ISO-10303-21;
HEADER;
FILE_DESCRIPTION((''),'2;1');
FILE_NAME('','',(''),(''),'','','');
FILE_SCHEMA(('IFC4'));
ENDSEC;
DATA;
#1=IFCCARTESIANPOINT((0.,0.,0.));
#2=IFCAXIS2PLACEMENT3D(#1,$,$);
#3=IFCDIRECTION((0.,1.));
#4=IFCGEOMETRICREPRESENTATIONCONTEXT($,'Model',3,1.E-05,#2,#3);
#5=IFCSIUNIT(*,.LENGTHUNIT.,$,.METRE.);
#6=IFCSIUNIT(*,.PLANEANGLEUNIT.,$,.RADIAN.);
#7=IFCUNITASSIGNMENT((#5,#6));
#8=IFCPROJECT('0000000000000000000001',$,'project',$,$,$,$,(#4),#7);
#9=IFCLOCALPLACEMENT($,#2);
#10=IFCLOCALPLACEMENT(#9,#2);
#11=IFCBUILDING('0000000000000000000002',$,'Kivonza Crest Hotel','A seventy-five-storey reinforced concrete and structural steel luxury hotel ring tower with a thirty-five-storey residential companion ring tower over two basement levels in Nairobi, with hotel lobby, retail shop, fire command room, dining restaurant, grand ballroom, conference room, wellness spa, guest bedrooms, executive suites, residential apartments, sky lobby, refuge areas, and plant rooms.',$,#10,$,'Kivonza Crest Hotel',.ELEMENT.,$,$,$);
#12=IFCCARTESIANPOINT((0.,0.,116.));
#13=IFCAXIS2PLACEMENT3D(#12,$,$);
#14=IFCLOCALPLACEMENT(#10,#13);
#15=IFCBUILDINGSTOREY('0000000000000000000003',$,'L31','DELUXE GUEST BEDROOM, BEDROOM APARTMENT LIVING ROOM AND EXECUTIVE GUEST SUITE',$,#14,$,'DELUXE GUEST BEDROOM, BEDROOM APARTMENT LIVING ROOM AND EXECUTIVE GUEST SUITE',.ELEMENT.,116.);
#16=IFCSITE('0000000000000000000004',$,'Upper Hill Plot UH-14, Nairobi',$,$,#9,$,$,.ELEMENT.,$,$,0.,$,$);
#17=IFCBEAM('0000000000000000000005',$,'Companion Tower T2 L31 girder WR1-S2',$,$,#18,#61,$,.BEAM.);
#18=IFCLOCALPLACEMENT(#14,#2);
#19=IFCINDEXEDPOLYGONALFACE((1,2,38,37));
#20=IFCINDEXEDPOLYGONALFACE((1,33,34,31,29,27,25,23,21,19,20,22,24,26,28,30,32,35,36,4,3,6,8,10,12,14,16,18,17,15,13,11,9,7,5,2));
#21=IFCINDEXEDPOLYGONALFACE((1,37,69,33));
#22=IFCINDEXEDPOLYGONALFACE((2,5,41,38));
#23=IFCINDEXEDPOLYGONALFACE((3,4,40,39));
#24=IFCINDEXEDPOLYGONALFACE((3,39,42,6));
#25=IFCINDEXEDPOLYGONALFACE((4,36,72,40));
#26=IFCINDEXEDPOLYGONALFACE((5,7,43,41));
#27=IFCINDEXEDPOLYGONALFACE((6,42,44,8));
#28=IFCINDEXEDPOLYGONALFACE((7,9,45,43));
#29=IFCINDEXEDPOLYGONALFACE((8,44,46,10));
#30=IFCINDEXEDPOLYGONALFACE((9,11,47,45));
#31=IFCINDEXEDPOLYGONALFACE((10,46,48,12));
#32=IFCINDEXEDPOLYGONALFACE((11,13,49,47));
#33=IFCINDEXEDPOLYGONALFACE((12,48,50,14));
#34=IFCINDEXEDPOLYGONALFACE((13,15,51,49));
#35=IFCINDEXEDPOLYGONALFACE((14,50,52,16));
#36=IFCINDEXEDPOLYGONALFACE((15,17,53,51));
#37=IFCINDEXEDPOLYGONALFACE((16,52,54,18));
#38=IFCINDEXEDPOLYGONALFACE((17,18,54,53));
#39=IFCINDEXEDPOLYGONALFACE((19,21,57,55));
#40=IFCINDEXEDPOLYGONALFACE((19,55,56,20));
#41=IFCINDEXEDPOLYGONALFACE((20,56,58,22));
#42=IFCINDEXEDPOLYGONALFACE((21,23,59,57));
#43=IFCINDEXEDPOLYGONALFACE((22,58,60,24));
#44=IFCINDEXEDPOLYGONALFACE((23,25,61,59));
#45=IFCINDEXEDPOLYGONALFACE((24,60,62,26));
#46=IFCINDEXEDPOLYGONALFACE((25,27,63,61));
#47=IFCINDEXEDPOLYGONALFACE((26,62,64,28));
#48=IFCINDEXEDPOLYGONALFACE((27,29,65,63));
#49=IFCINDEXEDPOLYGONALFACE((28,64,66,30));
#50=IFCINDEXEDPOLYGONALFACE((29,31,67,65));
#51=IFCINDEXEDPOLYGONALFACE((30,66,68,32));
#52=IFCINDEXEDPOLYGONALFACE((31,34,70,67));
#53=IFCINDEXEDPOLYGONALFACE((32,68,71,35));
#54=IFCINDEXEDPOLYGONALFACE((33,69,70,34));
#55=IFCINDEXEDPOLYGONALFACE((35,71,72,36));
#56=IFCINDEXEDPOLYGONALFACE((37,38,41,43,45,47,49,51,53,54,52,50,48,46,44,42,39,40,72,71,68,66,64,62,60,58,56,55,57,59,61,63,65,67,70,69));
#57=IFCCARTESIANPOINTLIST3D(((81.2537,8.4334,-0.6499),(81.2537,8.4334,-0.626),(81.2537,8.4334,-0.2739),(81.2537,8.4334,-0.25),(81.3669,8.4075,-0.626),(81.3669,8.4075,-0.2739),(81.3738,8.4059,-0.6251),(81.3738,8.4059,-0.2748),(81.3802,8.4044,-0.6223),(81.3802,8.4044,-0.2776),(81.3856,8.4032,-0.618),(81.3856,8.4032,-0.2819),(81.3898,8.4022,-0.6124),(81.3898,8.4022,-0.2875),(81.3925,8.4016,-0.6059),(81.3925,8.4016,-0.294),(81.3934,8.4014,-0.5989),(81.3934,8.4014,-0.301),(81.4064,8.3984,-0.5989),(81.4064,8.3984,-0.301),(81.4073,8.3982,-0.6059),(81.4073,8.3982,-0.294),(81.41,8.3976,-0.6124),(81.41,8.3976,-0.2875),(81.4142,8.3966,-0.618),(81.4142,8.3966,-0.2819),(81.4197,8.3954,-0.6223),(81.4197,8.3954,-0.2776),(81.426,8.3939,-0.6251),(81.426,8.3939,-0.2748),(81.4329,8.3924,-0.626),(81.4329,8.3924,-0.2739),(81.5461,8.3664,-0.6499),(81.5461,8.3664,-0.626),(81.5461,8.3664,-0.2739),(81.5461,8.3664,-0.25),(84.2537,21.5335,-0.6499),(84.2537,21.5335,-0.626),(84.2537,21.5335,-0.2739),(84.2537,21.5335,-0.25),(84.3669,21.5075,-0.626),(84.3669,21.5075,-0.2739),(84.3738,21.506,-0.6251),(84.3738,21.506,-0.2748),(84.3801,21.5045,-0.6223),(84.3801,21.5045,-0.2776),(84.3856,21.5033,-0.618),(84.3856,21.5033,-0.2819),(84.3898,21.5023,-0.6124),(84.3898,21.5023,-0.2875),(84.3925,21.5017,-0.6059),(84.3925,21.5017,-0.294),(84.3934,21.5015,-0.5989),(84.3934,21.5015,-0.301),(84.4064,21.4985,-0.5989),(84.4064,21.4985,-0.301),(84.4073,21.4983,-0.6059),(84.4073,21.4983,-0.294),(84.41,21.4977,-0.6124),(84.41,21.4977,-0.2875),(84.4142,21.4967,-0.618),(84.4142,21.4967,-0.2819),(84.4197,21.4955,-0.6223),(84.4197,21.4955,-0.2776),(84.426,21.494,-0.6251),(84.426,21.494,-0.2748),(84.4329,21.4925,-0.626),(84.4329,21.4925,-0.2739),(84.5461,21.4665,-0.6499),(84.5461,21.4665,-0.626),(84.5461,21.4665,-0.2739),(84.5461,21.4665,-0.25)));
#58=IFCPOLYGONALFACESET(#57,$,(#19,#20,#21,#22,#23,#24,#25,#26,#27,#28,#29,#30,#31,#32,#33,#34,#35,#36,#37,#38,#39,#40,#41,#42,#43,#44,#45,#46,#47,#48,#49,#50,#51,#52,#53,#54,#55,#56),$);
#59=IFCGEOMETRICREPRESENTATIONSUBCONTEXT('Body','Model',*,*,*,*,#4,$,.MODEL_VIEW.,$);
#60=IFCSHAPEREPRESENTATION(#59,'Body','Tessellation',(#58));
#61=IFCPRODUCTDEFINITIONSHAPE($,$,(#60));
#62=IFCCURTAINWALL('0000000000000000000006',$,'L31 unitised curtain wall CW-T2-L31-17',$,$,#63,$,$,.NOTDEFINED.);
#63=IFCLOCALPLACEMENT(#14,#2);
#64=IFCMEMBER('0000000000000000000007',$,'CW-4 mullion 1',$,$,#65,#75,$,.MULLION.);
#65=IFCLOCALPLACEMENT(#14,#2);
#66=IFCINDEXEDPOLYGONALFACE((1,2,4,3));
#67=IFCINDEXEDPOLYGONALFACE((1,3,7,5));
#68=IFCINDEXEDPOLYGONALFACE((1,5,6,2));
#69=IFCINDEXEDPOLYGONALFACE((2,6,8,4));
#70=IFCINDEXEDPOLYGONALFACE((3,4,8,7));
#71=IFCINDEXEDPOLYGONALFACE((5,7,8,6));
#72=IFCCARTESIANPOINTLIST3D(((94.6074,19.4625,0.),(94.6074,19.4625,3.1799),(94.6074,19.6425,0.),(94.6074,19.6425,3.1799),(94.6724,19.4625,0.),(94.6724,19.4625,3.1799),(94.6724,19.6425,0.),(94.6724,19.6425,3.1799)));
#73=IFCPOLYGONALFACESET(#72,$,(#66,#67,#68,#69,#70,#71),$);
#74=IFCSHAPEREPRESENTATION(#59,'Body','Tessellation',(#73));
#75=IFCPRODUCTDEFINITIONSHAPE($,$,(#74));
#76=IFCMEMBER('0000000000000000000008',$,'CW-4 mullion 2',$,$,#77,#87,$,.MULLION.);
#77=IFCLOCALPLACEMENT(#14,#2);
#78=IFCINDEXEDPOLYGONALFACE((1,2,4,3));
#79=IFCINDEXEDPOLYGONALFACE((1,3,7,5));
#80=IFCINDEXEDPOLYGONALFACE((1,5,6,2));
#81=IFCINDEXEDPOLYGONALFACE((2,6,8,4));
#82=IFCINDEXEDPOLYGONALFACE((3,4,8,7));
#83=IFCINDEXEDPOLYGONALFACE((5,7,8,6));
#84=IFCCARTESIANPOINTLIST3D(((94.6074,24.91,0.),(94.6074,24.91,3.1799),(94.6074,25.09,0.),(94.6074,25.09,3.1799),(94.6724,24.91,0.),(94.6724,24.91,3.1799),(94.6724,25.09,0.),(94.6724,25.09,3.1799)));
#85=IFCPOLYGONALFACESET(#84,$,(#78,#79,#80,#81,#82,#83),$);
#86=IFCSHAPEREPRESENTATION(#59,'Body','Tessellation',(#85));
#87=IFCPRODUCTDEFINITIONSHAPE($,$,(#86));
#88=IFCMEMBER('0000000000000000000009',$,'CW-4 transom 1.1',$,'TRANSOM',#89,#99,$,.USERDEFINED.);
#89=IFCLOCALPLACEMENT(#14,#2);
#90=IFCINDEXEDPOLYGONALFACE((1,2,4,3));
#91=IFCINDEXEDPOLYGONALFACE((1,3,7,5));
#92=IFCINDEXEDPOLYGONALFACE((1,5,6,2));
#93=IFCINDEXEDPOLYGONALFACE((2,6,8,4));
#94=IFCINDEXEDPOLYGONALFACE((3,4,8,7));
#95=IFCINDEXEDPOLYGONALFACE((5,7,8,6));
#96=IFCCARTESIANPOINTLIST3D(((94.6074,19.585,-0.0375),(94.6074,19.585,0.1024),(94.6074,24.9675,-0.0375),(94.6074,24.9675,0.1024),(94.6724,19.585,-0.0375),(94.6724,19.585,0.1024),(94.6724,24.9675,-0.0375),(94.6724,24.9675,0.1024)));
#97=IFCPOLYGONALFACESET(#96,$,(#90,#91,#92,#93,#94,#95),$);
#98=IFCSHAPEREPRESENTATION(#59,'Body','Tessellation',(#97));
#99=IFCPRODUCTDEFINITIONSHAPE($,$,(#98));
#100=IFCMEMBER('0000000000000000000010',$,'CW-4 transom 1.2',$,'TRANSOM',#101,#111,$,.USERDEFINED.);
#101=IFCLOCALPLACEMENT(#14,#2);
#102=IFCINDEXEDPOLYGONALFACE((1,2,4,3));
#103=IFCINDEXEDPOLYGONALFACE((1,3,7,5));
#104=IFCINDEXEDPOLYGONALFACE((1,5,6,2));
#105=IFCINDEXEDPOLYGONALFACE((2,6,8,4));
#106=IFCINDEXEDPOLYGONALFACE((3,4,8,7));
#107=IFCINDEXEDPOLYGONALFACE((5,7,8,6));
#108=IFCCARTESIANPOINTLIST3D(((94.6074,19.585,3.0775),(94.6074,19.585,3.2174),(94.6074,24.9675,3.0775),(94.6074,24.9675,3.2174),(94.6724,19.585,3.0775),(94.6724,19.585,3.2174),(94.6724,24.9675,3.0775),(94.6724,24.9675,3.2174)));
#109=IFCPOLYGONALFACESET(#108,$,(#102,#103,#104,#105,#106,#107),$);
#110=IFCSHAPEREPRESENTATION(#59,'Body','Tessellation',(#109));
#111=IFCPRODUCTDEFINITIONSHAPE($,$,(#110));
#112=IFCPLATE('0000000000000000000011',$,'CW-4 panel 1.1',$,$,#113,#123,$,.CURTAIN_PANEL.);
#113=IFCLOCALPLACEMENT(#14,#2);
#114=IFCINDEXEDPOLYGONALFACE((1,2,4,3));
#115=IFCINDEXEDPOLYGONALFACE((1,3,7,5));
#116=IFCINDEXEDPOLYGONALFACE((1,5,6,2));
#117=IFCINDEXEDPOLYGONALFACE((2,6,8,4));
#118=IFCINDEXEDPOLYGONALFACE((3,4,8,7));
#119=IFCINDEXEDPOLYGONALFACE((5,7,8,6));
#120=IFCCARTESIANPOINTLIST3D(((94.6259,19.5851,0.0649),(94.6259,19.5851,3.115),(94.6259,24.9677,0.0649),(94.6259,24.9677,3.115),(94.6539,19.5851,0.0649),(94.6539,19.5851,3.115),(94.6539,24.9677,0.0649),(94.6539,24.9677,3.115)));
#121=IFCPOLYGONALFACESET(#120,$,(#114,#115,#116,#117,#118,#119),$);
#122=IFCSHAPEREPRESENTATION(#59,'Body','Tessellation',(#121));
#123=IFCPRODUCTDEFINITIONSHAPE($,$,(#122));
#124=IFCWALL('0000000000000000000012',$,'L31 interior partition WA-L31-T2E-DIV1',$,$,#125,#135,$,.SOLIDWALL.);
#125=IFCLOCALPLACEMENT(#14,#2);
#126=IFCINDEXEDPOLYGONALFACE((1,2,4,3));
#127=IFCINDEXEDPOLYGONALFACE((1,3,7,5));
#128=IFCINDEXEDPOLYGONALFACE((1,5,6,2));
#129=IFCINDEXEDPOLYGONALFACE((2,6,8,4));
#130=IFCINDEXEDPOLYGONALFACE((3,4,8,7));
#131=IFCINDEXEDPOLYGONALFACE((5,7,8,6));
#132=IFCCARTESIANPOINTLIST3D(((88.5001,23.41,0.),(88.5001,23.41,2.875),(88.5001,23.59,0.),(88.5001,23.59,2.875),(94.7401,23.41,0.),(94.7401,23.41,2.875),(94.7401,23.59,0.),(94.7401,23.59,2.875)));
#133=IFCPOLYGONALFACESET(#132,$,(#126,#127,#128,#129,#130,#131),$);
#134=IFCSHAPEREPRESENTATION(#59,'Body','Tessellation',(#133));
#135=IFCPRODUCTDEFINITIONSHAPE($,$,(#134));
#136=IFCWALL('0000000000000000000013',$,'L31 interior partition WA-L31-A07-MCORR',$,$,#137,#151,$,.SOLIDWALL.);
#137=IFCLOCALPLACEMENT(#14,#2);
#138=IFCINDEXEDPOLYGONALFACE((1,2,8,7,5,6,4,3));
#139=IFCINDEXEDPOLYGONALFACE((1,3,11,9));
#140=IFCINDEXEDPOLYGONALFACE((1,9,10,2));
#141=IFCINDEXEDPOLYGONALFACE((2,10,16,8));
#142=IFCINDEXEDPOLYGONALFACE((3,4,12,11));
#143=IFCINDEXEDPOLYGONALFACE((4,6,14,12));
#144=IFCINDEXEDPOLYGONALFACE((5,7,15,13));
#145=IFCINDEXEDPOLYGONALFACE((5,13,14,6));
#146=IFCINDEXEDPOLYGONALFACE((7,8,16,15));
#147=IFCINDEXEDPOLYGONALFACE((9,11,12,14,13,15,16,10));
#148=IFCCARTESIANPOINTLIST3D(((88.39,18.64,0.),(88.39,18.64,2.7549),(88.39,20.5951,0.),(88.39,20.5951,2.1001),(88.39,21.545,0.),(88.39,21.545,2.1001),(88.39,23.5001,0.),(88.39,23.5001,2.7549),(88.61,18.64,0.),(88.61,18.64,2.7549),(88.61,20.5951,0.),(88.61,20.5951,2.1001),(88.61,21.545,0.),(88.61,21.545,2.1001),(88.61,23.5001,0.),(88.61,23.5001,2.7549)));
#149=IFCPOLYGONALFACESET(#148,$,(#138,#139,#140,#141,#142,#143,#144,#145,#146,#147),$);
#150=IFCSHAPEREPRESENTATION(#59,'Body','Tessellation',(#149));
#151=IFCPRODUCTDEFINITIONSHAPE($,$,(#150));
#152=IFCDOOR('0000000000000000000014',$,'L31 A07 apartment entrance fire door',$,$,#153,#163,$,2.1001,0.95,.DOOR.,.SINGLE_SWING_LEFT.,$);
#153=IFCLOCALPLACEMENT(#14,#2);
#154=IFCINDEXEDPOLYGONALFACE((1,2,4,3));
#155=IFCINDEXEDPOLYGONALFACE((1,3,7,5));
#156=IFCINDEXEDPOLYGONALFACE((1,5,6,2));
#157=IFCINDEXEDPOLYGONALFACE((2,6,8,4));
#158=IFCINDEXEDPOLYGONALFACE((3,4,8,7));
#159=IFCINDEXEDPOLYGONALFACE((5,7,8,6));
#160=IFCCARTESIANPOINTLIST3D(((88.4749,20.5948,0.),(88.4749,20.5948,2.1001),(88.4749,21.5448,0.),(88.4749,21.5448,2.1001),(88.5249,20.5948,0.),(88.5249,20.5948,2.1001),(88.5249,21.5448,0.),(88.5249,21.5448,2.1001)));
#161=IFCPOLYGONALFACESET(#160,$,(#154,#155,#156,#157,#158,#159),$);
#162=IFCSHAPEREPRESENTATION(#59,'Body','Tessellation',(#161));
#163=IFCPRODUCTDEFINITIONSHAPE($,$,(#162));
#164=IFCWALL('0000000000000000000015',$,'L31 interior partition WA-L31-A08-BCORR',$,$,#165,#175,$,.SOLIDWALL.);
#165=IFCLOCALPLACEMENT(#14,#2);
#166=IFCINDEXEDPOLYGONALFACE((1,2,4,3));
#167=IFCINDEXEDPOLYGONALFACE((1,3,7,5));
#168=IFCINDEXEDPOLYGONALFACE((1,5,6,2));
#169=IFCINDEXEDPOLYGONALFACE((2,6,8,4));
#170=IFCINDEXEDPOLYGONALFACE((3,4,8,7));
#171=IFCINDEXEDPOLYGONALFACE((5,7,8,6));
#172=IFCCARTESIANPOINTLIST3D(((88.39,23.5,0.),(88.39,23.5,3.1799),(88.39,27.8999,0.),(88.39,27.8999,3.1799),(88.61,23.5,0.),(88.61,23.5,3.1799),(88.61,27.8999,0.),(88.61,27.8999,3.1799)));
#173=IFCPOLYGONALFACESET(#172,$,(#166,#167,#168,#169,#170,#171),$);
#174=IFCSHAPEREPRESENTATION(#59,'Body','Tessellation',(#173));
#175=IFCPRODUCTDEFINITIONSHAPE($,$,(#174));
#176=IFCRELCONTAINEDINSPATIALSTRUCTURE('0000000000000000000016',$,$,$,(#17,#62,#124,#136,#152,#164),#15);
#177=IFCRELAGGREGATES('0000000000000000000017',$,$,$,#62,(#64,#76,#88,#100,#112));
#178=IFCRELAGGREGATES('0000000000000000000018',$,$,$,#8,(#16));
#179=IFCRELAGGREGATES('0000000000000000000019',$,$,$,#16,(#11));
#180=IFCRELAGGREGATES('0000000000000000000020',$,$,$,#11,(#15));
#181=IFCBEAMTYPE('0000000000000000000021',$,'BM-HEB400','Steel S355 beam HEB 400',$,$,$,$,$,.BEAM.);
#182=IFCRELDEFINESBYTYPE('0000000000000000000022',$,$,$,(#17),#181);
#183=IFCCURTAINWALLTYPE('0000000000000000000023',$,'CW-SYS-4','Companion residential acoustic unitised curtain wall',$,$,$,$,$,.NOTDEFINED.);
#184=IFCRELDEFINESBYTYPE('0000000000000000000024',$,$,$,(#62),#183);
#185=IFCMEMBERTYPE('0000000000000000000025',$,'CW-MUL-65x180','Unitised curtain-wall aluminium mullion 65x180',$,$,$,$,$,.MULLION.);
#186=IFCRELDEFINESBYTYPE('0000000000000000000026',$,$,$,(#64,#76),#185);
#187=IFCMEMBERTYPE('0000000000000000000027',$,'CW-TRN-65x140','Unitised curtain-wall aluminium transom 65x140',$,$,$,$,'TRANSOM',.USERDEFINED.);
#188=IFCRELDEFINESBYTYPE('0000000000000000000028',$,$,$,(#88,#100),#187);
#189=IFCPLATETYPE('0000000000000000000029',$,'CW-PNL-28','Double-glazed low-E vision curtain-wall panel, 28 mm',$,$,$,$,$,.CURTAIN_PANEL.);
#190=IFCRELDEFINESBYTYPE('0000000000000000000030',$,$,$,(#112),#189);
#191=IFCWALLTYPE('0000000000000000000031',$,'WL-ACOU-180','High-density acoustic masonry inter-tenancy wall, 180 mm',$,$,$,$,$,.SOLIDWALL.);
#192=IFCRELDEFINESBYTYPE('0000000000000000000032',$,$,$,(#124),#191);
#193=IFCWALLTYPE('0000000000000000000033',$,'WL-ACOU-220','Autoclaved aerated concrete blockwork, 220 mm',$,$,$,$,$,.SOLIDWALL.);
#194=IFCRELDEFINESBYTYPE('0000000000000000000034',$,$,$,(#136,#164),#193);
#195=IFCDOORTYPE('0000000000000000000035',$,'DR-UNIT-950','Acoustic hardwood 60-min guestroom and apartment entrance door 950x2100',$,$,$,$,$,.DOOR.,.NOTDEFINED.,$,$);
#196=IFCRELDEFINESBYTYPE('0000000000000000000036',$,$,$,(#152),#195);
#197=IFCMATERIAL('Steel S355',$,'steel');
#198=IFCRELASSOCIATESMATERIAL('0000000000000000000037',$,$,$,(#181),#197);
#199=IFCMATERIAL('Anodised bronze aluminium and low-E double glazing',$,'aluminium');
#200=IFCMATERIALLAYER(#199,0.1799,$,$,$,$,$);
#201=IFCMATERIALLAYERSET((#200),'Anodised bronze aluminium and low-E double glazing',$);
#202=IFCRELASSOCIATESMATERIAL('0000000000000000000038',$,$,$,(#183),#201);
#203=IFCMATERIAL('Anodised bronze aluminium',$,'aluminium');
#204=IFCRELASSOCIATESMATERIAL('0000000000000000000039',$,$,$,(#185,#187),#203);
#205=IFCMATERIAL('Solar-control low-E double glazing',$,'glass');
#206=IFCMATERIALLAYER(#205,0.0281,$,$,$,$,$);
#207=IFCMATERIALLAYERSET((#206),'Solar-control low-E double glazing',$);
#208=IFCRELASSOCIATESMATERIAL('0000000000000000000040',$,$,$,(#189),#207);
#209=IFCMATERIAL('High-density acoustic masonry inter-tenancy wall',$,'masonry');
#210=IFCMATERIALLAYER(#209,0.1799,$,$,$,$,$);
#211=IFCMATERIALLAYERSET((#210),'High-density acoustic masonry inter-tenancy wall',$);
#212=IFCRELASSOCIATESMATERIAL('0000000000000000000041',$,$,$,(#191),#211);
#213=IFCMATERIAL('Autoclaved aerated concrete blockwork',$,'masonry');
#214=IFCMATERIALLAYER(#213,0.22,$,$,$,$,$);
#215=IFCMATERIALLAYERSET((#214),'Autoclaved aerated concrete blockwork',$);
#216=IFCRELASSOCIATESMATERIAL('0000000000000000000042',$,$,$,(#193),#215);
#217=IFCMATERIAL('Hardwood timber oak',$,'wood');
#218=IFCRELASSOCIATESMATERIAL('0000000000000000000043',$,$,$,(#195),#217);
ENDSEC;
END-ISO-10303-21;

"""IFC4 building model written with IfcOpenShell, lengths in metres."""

from ifc_helpers import new_model, si_unit, direction, frame, frame_2d, origin, origin_2d, place, context, subcontext, project, spatial, rectangle, i_section, extrude, material, layer, layer_set, material_profile, profile_set, type_object, element, fill, aggregate, save


model = new_model("IFC4")

# Units and contexts
model_context = context("Model", 3, precision=1e-05, world=origin(), true_north=direction((0.0, 1.0)))
body_context = subcontext(model_context, "Body", "Model", "MODEL_VIEW")
ifc_project = project(units=[si_unit("LENGTHUNIT", "METRE"), si_unit("PLANEANGLEUNIT", "RADIAN")], contexts=[model_context])

# Site, building, storey
site_placement = place(None, origin())
site = spatial("IfcSite", under=ifc_project, at=site_placement, Name="Upper Hill Plot UH-14, Nairobi", CompositionType="ELEMENT", RefElevation=0.0)
building_placement = place(site_placement, origin())
building = spatial("IfcBuilding", under=site, at=building_placement, Name="Kivonza Crest Hotel", Description="A seventy-five-storey reinforced concrete and structural steel luxury hotel ring tower with a thirty-five-storey residential companion ring tower over two basement levels in Nairobi, with hotel lobby, retail shop, fire command room, dining restaurant, grand ballroom, conference room, wellness spa, guest bedrooms, executive suites, residential apartments, sky lobby, refuge areas, and plant rooms.", LongName="Kivonza Crest Hotel", CompositionType="ELEMENT")
storey_placement = place(building_placement, frame((0.0, 0.0, 116.0)))
storey = spatial("IfcBuildingStorey", under=building, at=storey_placement, Name="L31", Description="DELUXE GUEST BEDROOM, BEDROOM APARTMENT LIVING ROOM AND EXECUTIVE GUEST SUITE", LongName="DELUXE GUEST BEDROOM, BEDROOM APARTMENT LIVING ROOM AND EXECUTIVE GUEST SUITE", CompositionType="ELEMENT", Elevation=116.0)

# Beam
ifc_material_1 = material(Name="Steel S355", Category="steel")
ifc_material_profile_1 = material_profile(ifc_material_1, i_section(OverallWidth=0.3, OverallDepth=0.3999, WebThickness=0.0134, FlangeThickness=0.0239, FilletRadius=0.0271, at=origin_2d()), Name="HEB 400")
ifc_profile_set_1 = profile_set([ifc_material_profile_1], Name="Steel S355")
beam_type_1 = type_object("IfcBeamType", Name="BM-HEB400", Description="Steel S355 beam HEB 400", PredefinedType="BEAM", material=ifc_profile_set_1)
beam_1_placement = place(storey_placement, frame((84.3999, 21.5, -0.45), z_axis=(-0.223227, -0.974766, 0.0), x_axis=(0.974766, -0.223227, 0.0)))
element("IfcBeam", 1, at=beam_1_placement, inside=storey, type_object=beam_type_1, Name="Companion Tower T2 L31 girder WR1-S2", PredefinedType="BEAM", context=body_context, shape_type="SweptSolid", body=[
    extrude(i_section(OverallWidth=0.3, OverallDepth=0.3999, WebThickness=0.0134, FlangeThickness=0.0239, FilletRadius=0.0271, at=origin_2d()), origin(), (0.0, 0.0, 1.0), 13.4392),
])

# Curtain wall, members, plate
ifc_material_2 = material(Name="Anodised bronze aluminium and low-E double glazing", Category="aluminium")
ifc_layer_1 = layer(ifc_material_2, 0.1799)
ifc_layer_set_1 = layer_set([ifc_layer_1], Name="Anodised bronze aluminium and low-E double glazing")
curtain_wall_type = type_object("IfcCurtainWallType", Name="CW-SYS-4", Description="Companion residential acoustic unitised curtain wall", PredefinedType="NOTDEFINED", material=ifc_layer_set_1)
curtain_wall_placement = place(storey_placement, origin())
curtain_wall = element("IfcCurtainWall", 2, at=curtain_wall_placement, inside=storey, type_object=curtain_wall_type, Name="L31 unitised curtain wall CW-T2-L31-17", PredefinedType="NOTDEFINED")
ifc_material_3 = material(Name="Anodised bronze aluminium", Category="aluminium")
ifc_material_profile_2 = material_profile(ifc_material_3, rectangle(XDim=0.0649, YDim=0.1799, at=origin_2d()), Name="CW-M 65x180")
ifc_profile_set_2 = profile_set([ifc_material_profile_2], Name="Anodised bronze aluminium")
member_type_1 = type_object("IfcMemberType", Name="CW-MUL-65x180", Description="Unitised curtain-wall aluminium mullion 65x180", PredefinedType="MULLION", material=ifc_profile_set_2)
member_1_placement = place(storey_placement, frame((94.6399, 19.5525, 0.0), z_axis=(0.0, 0.0, 1.0), x_axis=(-1.0, 0.0, 0.0)))
member_1 = element("IfcMember", 3, at=member_1_placement, type_object=member_type_1, Name="CW-4 mullion 1", PredefinedType="MULLION", context=body_context, shape_type="SweptSolid", body=[
    extrude(rectangle(XDim=0.0649, YDim=0.1799, at=origin_2d()), origin(), (0.0, 0.0, 1.0), 3.1799),
])
member_2_placement = place(storey_placement, frame((94.6399, 25.0, 0.0), z_axis=(0.0, 0.0, 1.0), x_axis=(-1.0, 0.0, 0.0)))
member_2 = element("IfcMember", 4, at=member_2_placement, type_object=member_type_1, Name="CW-4 mullion 2", PredefinedType="MULLION", context=body_context, shape_type="SweptSolid", body=[
    extrude(rectangle(XDim=0.0649, YDim=0.1799, at=origin_2d()), origin(), (0.0, 0.0, 1.0), 3.1799),
])
ifc_material_profile_3 = material_profile(ifc_material_3, rectangle(XDim=0.0649, YDim=0.1399, at=origin_2d()), Name="CW-T 65x140")
ifc_profile_set_3 = profile_set([ifc_material_profile_3], Name="Anodised bronze aluminium")
member_type_2 = type_object("IfcMemberType", Name="CW-TRN-65x140", Description="Unitised curtain-wall aluminium transom 65x140", ElementType="TRANSOM", PredefinedType="USERDEFINED", material=ifc_profile_set_3)
member_3_placement = place(storey_placement, frame((94.6399, 19.585, 0.0325), z_axis=(0.0, 1.0, 0.0), x_axis=(-1.0, 0.0, 0.0)))
member_3 = element("IfcMember", 5, at=member_3_placement, type_object=member_type_2, Name="CW-4 transom 1.1", ObjectType="TRANSOM", PredefinedType="USERDEFINED", context=body_context, shape_type="SweptSolid", body=[
    extrude(rectangle(XDim=0.0649, YDim=0.1399, at=origin_2d()), origin(), (0.0, 0.0, 1.0), 5.3826),
])
member_4_placement = place(storey_placement, frame((94.6399, 19.585, 3.1475), z_axis=(0.0, 1.0, 0.0), x_axis=(-1.0, 0.0, 0.0)))
member_4 = element("IfcMember", 6, at=member_4_placement, type_object=member_type_2, Name="CW-4 transom 1.2", ObjectType="TRANSOM", PredefinedType="USERDEFINED", context=body_context, shape_type="SweptSolid", body=[
    extrude(rectangle(XDim=0.0649, YDim=0.1399, at=origin_2d()), origin(), (0.0, 0.0, 1.0), 5.3826),
])
ifc_material_4 = material(Name="Solar-control low-E double glazing", Category="glass")
ifc_layer_2 = layer(ifc_material_4, 0.0281)
ifc_layer_set_2 = layer_set([ifc_layer_2], Name="Solar-control low-E double glazing")
plate_type = type_object("IfcPlateType", Name="CW-PNL-28", Description="Double-glazed low-E vision curtain-wall panel, 28 mm", PredefinedType="CURTAIN_PANEL", material=ifc_layer_set_2)
plate_placement = place(storey_placement, frame((94.6399, 22.2764, 0.0649), z_axis=(0.0, 0.0, 1.0), x_axis=(0.0, 1.0, 0.0)))
plate = element("IfcPlate", 7, at=plate_placement, type_object=plate_type, Name="CW-4 panel 1.1", PredefinedType="CURTAIN_PANEL", context=body_context, shape_type="SweptSolid", body=[
    extrude(rectangle(XDim=5.3826, YDim=0.0281, at=origin_2d()), origin(), (0.0, 0.0, 1.0), 3.05),
])
aggregate(curtain_wall, [member_1, member_2, member_3, member_4, plate])

# Wall
ifc_material_5 = material(Name="High-density acoustic masonry inter-tenancy wall", Category="masonry")
ifc_layer_3 = layer(ifc_material_5, 0.1799)
ifc_layer_set_3 = layer_set([ifc_layer_3], Name="High-density acoustic masonry inter-tenancy wall")
wall_type_1 = type_object("IfcWallType", Name="WL-ACOU-180", Description="High-density acoustic masonry inter-tenancy wall, 180 mm", PredefinedType="SOLIDWALL", material=ifc_layer_set_3)
wall_1_placement = place(storey_placement, frame((88.5, 23.5, 0.0), z_axis=(0.0, 0.0, 1.0), x_axis=(1.0, 0.0, 0.0)))
element("IfcWall", 8, at=wall_1_placement, inside=storey, type_object=wall_type_1, Name="L31 interior partition WA-L31-T2E-DIV1", PredefinedType="SOLIDWALL", context=body_context, shape_type="SweptSolid", body=[
    extrude(rectangle(XDim=6.24, YDim=0.1799, at=frame_2d((3.1201, 0.0))), origin(), (0.0, 0.0, 1.0), 2.875),
])

# Wall, opening, door
ifc_material_6 = material(Name="Autoclaved aerated concrete blockwork", Category="masonry")
ifc_layer_4 = layer(ifc_material_6, 0.22)
ifc_layer_set_4 = layer_set([ifc_layer_4], Name="Autoclaved aerated concrete blockwork")
wall_type_2 = type_object("IfcWallType", Name="WL-ACOU-220", Description="Autoclaved aerated concrete blockwork, 220 mm", PredefinedType="SOLIDWALL", material=ifc_layer_set_4)
wall_2_placement = place(storey_placement, frame((88.5, 18.6399, 0.0), z_axis=(0.0, 0.0, 1.0), x_axis=(0.0, 1.0, 0.0)))
wall_2 = element("IfcWall", 9, at=wall_2_placement, inside=storey, type_object=wall_type_2, Name="L31 interior partition WA-L31-A07-MCORR", PredefinedType="SOLIDWALL", context=body_context, shape_type="SweptSolid", body=[
    extrude(rectangle(XDim=4.8601, YDim=0.22, at=frame_2d((2.4302, 0.0))), origin(), (0.0, 0.0, 1.0), 2.7549),
])
opening_1_placement = place(wall_2_placement, frame((1.9551, 0.0, 0.0)))
opening_1 = element("IfcOpeningElement", 10, at=opening_1_placement, cuts=wall_2, PredefinedType="OPENING", context=body_context, shape_type="SweptSolid", body=[
    extrude(rectangle(XDim=0.95, YDim=2.1001, at=frame_2d((0.4751, 1.05))), frame((0.0, 0.1201, 0.0), z_axis=(0.0, -1.0, 0.0), x_axis=(1.0, 0.0, 0.0)), (0.0, 0.0, 1.0), 0.24),
])
ifc_material_7 = material(Name="Hardwood timber oak", Category="wood")
door_type_1 = type_object("IfcDoorType", Name="DR-UNIT-950", Description="Acoustic hardwood 60-min guestroom and apartment entrance door 950x2100", OperationType="NOTDEFINED", PredefinedType="DOOR", material=ifc_material_7)
door_1_placement = place(opening_1_placement, frame((0.95, 0.0, 0.0), z_axis=(0.0, 0.0, 1.0), x_axis=(-1.0, 0.0, 0.0)))
door_1 = element("IfcDoor", 11, at=door_1_placement, inside=storey, type_object=door_type_1, Name="L31 A07 apartment entrance fire door", OperationType="SINGLE_SWING_LEFT", OverallHeight=2.1001, OverallWidth=0.95, PredefinedType="DOOR", context=body_context, shape_type="SweptSolid", body=[
    extrude(rectangle(XDim=0.95, YDim=2.1001, at=frame_2d((0.4751, 1.05))), frame((0.0, 0.0249, 0.0), z_axis=(0.0, -1.0, 0.0), x_axis=(1.0, 0.0, 0.0)), (0.0, 0.0, 1.0), 0.05),
])
fill(opening_1, door_1)

# Wall
wall_3_placement = place(storey_placement, frame((88.5, 23.5, 0.0), z_axis=(0.0, 0.0, 1.0), x_axis=(0.0, 1.0, 0.0)))
element("IfcWall", 12, at=wall_3_placement, inside=storey, type_object=wall_type_2, Name="L31 interior partition WA-L31-A08-BCORR", PredefinedType="SOLIDWALL", context=body_context, shape_type="SweptSolid", body=[
    extrude(rectangle(XDim=4.3999, YDim=0.22, at=frame_2d((2.2, 0.0))), origin(), (0.0, 0.0, 1.0), 3.1799),
])

save(model, "model.ifc")
